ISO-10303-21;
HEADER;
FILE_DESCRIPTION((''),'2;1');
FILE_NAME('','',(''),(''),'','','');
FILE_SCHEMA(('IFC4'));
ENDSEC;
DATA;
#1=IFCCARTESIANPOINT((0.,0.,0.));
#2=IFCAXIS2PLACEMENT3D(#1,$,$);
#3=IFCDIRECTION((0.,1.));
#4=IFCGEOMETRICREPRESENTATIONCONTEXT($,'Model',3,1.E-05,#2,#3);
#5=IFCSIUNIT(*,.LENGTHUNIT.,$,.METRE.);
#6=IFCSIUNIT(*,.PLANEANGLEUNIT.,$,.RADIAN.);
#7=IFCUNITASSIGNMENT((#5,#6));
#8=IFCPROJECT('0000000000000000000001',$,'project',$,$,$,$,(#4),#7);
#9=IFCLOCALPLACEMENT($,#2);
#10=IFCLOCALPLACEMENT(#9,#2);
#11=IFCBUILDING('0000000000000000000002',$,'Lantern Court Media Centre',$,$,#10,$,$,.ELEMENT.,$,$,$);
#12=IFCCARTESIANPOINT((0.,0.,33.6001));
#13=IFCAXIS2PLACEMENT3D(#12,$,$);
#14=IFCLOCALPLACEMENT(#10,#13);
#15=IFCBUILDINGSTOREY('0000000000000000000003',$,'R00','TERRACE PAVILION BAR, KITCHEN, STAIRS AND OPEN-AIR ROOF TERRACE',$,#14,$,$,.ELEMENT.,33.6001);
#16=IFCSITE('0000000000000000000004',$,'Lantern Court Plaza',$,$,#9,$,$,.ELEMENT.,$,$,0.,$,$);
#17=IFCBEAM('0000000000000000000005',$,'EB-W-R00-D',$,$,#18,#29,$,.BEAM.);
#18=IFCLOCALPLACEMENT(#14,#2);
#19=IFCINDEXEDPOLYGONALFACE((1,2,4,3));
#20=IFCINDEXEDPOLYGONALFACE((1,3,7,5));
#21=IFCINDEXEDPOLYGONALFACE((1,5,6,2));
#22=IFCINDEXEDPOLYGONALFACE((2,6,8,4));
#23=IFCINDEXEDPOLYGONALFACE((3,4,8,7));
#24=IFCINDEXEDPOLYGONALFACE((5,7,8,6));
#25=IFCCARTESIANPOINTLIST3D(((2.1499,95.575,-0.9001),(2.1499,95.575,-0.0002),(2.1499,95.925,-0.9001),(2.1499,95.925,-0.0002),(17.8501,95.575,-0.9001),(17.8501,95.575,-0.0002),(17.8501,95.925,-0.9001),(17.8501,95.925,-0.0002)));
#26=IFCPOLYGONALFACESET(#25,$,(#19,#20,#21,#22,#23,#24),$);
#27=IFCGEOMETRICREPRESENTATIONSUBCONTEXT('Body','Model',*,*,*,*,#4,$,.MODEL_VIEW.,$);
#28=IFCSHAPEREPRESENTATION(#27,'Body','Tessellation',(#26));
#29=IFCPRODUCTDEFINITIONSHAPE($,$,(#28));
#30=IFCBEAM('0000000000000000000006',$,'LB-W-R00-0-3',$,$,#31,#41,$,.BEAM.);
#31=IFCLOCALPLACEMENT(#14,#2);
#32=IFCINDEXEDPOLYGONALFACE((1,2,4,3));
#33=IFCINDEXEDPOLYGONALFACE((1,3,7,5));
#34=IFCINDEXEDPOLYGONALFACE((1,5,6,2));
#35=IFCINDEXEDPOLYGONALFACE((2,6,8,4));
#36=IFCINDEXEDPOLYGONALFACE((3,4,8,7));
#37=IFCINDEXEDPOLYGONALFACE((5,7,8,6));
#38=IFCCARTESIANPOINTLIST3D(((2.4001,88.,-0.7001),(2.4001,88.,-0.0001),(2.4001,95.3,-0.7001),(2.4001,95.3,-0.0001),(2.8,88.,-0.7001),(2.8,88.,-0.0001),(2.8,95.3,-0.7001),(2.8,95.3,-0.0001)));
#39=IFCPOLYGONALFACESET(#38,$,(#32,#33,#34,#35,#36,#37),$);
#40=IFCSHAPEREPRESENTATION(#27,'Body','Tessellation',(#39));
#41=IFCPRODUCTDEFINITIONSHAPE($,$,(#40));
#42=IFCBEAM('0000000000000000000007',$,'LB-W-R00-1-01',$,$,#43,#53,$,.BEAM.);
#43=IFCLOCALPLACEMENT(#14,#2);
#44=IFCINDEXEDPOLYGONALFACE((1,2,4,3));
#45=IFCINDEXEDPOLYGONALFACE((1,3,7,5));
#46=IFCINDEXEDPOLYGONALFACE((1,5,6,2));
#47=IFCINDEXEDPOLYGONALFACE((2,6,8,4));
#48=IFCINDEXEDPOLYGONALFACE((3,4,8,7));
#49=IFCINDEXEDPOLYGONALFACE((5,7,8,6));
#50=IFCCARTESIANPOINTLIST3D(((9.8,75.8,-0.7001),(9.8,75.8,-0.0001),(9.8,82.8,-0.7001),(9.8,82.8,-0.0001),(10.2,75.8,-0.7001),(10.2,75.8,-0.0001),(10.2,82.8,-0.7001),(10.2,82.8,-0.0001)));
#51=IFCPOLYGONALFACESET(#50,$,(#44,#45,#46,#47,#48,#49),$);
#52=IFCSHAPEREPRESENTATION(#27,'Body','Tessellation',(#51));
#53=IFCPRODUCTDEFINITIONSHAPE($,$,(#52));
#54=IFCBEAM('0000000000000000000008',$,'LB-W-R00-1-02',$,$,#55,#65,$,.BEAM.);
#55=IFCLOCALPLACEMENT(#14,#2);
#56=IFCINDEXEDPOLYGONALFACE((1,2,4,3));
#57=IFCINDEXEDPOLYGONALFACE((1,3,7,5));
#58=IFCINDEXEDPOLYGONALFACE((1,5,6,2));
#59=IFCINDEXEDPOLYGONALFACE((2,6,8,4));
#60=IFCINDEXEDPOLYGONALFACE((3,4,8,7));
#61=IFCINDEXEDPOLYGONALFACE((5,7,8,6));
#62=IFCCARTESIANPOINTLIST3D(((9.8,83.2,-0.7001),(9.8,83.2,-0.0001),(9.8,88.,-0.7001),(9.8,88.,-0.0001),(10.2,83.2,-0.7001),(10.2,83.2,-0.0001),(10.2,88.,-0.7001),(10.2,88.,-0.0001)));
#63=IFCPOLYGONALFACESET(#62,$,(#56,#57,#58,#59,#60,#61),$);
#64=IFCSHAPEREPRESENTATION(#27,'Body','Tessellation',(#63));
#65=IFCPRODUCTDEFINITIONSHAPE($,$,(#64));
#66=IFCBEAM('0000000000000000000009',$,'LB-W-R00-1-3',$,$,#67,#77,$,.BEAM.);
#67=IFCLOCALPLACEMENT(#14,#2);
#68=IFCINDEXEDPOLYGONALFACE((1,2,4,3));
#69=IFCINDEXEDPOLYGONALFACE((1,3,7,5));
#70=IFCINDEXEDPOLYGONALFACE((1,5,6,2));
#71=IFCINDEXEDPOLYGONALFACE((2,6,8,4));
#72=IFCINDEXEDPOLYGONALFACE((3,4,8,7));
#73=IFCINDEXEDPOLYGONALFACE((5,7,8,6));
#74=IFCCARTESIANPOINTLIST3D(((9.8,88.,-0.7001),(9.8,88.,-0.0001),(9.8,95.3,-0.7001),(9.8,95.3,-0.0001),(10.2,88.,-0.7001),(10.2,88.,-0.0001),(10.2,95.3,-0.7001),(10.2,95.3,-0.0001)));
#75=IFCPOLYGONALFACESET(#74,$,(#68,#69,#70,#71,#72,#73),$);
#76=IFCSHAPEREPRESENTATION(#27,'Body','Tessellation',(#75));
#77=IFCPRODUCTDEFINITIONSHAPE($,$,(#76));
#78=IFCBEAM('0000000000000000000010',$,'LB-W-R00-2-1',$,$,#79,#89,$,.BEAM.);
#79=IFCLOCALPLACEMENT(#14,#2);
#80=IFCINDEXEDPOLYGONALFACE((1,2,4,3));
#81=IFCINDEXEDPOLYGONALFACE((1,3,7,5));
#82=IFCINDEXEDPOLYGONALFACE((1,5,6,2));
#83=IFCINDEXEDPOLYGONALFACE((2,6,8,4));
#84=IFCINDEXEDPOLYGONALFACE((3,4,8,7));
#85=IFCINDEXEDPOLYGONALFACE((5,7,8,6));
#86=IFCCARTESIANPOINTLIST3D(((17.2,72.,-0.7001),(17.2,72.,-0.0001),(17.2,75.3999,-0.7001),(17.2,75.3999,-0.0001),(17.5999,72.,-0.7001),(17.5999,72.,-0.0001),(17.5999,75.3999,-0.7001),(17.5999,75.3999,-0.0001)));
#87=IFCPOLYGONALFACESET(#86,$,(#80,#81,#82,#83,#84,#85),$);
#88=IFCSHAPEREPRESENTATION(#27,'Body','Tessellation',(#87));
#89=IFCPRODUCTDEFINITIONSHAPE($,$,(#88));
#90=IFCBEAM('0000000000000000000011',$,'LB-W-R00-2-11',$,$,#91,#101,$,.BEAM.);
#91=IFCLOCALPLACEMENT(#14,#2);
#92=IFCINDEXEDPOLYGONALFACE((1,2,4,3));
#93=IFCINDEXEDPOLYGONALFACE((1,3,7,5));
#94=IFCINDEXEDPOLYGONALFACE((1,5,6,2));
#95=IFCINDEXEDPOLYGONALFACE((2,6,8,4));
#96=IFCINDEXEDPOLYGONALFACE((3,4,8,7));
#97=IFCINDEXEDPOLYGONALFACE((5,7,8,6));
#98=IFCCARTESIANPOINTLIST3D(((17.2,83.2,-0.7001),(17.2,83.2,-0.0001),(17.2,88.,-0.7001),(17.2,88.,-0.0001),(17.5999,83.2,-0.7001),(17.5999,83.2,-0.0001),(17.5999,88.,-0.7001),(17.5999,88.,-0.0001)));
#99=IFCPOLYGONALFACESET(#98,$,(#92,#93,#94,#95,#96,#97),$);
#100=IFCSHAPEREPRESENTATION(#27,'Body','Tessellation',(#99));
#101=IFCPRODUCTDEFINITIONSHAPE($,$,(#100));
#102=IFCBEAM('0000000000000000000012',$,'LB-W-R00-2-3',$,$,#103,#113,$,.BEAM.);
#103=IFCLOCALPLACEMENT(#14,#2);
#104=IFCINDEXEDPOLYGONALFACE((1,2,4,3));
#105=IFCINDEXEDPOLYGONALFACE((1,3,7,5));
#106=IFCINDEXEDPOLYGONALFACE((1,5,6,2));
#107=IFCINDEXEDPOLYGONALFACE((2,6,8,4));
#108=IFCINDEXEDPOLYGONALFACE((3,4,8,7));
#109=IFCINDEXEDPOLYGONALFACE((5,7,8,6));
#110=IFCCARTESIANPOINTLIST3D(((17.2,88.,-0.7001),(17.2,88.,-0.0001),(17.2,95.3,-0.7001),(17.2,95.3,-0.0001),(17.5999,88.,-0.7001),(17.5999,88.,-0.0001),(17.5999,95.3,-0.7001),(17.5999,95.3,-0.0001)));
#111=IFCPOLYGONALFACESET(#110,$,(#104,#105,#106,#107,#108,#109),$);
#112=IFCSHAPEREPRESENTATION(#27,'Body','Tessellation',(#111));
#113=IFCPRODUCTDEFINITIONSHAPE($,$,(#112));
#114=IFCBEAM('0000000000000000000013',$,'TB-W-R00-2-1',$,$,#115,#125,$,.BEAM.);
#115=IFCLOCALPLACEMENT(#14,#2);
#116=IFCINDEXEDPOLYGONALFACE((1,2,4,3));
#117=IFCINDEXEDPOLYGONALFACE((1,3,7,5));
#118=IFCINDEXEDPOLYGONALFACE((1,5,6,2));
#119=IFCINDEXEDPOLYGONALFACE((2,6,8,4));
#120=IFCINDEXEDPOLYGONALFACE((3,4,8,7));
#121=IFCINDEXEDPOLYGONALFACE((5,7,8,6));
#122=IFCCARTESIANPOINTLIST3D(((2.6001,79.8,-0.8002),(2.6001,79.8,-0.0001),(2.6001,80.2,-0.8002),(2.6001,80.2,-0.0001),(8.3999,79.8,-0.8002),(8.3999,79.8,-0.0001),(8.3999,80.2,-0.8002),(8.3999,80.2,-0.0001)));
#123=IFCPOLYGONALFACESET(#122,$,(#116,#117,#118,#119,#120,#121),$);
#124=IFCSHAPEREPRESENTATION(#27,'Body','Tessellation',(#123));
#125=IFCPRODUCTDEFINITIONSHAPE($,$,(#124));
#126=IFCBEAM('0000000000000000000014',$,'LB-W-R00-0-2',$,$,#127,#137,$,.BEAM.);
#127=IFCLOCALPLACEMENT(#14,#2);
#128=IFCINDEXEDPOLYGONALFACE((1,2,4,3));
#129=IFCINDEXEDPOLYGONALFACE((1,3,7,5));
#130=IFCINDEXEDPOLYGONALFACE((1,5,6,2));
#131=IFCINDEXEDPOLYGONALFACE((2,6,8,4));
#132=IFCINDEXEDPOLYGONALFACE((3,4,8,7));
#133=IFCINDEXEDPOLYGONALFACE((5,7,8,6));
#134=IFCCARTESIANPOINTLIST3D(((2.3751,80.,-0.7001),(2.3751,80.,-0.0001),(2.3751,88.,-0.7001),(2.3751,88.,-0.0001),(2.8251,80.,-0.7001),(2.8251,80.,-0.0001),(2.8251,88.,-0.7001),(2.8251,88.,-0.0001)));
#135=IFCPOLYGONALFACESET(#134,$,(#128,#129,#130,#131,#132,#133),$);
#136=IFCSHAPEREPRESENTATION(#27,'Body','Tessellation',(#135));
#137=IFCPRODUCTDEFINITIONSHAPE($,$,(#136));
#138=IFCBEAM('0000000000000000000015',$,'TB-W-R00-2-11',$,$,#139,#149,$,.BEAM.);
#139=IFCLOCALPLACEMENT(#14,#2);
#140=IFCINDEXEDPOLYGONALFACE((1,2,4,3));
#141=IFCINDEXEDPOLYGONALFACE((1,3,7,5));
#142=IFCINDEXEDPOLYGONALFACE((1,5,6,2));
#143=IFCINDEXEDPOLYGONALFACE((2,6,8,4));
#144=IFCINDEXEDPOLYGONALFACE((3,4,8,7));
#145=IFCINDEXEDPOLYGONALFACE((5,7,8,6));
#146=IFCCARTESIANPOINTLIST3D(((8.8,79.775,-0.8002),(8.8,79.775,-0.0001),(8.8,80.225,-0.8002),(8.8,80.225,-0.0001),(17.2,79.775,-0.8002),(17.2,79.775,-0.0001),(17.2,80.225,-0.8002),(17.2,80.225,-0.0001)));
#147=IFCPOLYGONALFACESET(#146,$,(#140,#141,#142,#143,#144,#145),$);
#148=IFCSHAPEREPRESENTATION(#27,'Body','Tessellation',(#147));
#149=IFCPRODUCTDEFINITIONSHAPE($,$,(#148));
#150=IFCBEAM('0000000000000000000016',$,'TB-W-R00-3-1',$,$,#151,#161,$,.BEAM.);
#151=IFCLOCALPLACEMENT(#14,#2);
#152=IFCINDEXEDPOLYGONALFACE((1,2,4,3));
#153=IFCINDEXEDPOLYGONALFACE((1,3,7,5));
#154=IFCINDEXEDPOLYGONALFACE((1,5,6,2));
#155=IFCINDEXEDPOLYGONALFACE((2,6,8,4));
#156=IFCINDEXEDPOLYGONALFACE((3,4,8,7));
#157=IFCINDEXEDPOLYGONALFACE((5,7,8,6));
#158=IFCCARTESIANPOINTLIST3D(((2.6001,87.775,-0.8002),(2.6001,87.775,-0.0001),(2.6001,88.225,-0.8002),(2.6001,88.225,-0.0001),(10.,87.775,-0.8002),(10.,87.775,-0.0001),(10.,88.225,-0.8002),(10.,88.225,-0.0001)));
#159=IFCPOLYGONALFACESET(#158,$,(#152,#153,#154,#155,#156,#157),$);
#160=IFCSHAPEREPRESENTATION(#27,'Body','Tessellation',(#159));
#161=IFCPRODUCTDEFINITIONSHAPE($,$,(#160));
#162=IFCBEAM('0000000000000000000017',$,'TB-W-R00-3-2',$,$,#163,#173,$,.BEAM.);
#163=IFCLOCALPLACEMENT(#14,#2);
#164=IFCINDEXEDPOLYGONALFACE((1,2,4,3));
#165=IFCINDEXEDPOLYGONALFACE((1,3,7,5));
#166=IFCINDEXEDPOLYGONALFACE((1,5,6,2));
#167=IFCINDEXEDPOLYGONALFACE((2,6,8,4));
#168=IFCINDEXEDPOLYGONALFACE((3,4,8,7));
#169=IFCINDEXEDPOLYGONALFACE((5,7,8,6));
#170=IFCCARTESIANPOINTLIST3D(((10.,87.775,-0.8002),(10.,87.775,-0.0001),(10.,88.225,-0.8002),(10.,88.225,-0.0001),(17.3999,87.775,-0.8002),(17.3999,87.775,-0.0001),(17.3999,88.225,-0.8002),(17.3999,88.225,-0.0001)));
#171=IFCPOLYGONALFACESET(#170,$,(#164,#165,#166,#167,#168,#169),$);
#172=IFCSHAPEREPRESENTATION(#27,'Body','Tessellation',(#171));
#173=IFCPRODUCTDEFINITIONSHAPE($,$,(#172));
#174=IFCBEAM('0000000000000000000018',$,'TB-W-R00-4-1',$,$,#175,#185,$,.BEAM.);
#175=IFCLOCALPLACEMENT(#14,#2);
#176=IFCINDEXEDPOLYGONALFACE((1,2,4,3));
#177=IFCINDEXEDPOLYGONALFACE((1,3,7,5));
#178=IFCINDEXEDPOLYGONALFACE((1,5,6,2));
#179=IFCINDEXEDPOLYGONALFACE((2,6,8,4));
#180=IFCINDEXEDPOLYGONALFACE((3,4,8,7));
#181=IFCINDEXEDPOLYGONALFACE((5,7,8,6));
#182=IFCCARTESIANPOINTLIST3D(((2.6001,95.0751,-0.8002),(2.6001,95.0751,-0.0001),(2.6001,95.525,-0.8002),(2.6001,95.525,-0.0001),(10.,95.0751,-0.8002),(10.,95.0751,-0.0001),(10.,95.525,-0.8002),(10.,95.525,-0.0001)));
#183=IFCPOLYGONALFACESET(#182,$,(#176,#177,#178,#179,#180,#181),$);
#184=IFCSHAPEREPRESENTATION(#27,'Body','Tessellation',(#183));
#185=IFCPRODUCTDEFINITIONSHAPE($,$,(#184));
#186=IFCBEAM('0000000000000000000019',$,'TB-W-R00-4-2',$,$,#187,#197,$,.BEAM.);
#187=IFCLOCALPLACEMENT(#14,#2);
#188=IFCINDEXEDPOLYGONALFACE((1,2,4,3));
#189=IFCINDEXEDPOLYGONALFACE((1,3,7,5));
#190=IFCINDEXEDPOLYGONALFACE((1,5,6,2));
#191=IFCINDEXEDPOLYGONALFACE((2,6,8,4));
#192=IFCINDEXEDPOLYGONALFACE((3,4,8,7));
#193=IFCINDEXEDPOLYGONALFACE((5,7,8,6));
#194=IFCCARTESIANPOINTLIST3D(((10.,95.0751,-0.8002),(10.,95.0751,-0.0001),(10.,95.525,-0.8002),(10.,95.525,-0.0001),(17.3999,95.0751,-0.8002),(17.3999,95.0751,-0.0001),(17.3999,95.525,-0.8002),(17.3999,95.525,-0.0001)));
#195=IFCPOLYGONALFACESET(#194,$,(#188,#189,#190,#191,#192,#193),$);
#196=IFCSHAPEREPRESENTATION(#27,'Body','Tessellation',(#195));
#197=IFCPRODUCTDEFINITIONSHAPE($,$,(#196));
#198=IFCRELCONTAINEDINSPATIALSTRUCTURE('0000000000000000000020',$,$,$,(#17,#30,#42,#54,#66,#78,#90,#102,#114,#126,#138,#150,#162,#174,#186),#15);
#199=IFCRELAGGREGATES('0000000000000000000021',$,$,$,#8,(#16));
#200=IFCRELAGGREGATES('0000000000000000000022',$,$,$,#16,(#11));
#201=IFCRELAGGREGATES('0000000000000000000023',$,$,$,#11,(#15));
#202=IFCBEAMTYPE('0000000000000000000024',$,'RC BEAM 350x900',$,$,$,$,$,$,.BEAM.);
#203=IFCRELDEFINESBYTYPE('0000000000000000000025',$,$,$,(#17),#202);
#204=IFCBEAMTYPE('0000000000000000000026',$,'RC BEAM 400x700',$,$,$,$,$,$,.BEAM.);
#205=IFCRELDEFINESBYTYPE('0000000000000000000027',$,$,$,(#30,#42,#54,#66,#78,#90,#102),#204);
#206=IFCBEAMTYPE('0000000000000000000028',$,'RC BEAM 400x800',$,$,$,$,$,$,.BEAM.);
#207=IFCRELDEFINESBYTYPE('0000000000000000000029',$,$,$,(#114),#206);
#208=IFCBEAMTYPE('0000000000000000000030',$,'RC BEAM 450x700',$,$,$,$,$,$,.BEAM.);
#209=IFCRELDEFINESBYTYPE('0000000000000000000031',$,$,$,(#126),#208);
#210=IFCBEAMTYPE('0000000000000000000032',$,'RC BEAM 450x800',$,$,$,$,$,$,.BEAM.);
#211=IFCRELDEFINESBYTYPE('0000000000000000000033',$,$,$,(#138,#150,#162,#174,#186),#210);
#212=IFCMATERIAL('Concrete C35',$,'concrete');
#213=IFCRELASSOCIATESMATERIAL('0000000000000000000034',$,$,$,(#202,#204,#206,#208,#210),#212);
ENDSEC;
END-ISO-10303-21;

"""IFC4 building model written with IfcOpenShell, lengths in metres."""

from ifc_helpers import new_model, si_unit, direction, frame, origin, origin_2d, place, context, subcontext, project, spatial, rectangle, extrude, material, material_profile, profile_set, type_object, element, save


model = new_model("IFC4")

# Units and contexts
model_context = context("Model", 3, precision=1e-05, world=origin(), true_north=direction((0.0, 1.0)))
body_context = subcontext(model_context, "Body", "Model", "MODEL_VIEW")
ifc_project = project(units=[si_unit("LENGTHUNIT", "METRE"), si_unit("PLANEANGLEUNIT", "RADIAN")], contexts=[model_context])

# Site, building, storey
site_placement = place(None, origin())
site = spatial("IfcSite", under=ifc_project, at=site_placement, Name="Lantern Court Plaza", CompositionType="ELEMENT", RefElevation=0.0)
building_placement = place(site_placement, origin())
building = spatial("IfcBuilding", under=site, at=building_placement, Name="Lantern Court Media Centre", CompositionType="ELEMENT")
storey_placement = place(building_placement, frame((0.0, 0.0, 33.6001)))
storey = spatial("IfcBuildingStorey", under=building, at=storey_placement, Name="R00", Description="TERRACE PAVILION BAR, KITCHEN, STAIRS AND OPEN-AIR ROOF TERRACE", CompositionType="ELEMENT", Elevation=33.6001)

# Beams
ifc_material_1 = material(Name="Concrete C35", Category="concrete")
ifc_material_profile_1 = material_profile(ifc_material_1, rectangle(XDim=0.3501, YDim=0.8999, at=origin_2d()), Name="RC 350x900")
ifc_profile_set_1 = profile_set([ifc_material_profile_1], Name="Concrete C35")
beam_type_1 = type_object("IfcBeamType", Name="RC BEAM 350x900", PredefinedType="BEAM", material=ifc_profile_set_1)
beam_1_placement = place(storey_placement, frame((2.1499, 95.75, -0.4502), z_axis=(1.0, 0.0, 0.0), x_axis=(0.0, 1.0, 0.0)))
element("IfcBeam", 1, at=beam_1_placement, inside=storey, type_object=beam_type_1, Name="EB-W-R00-D", PredefinedType="BEAM", context=body_context, shape_type="SweptSolid", body=[
    extrude(rectangle(XDim=0.3501, YDim=0.8999, at=origin_2d()), origin(), (0.0, 0.0, 1.0), 15.7002),
])
ifc_material_profile_2 = material_profile(ifc_material_1, rectangle(XDim=0.3999, YDim=0.7, at=origin_2d()), Name="RC 400x700")
ifc_profile_set_2 = profile_set([ifc_material_profile_2], Name="Concrete C35")
beam_type_2 = type_object("IfcBeamType", Name="RC BEAM 400x700", PredefinedType="BEAM", material=ifc_profile_set_2)
beam_2_placement = place(storey_placement, frame((2.6001, 88.0, -0.3501), z_axis=(0.0, 1.0, 0.0), x_axis=(-1.0, 0.0, 0.0)))
element("IfcBeam", 2, at=beam_2_placement, inside=storey, type_object=beam_type_2, Name="LB-W-R00-0-3", PredefinedType="BEAM", context=body_context, shape_type="SweptSolid", body=[
    extrude(rectangle(XDim=0.3999, YDim=0.7, at=origin_2d()), origin(), (0.0, 0.0, 1.0), 7.3),
])
beam_3_placement = place(storey_placement, frame((10.0, 75.8, -0.3501), z_axis=(0.0, 1.0, 0.0), x_axis=(-1.0, 0.0, 0.0)))
element("IfcBeam", 3, at=beam_3_placement, inside=storey, type_object=beam_type_2, Name="LB-W-R00-1-01", PredefinedType="BEAM", context=body_context, shape_type="SweptSolid", body=[
    extrude(rectangle(XDim=0.3999, YDim=0.7, at=origin_2d()), origin(), (0.0, 0.0, 1.0), 7.0),
])
beam_4_placement = place(storey_placement, frame((10.0, 83.2, -0.3501), z_axis=(0.0, 1.0, 0.0), x_axis=(-1.0, 0.0, 0.0)))
element("IfcBeam", 4, at=beam_4_placement, inside=storey, type_object=beam_type_2, Name="LB-W-R00-1-02", PredefinedType="BEAM", context=body_context, shape_type="SweptSolid", body=[
    extrude(rectangle(XDim=0.3999, YDim=0.7, at=origin_2d()), origin(), (0.0, 0.0, 1.0), 4.8),
])
beam_5_placement = place(storey_placement, frame((10.0, 88.0, -0.3501), z_axis=(0.0, 1.0, 0.0), x_axis=(-1.0, 0.0, 0.0)))
element("IfcBeam", 5, at=beam_5_placement, inside=storey, type_object=beam_type_2, Name="LB-W-R00-1-3", PredefinedType="BEAM", context=body_context, shape_type="SweptSolid", body=[
    extrude(rectangle(XDim=0.3999, YDim=0.7, at=origin_2d()), origin(), (0.0, 0.0, 1.0), 7.3),
])
beam_6_placement = place(storey_placement, frame((17.3999, 72.0, -0.3501), z_axis=(0.0, 1.0, 0.0), x_axis=(-1.0, 0.0, 0.0)))
element("IfcBeam", 6, at=beam_6_placement, inside=storey, type_object=beam_type_2, Name="LB-W-R00-2-1", PredefinedType="BEAM", context=body_context, shape_type="SweptSolid", body=[
    extrude(rectangle(XDim=0.3999, YDim=0.7, at=origin_2d()), origin(), (0.0, 0.0, 1.0), 3.3999),
])
beam_7_placement = place(storey_placement, frame((17.3999, 83.2, -0.3501), z_axis=(0.0, 1.0, 0.0), x_axis=(-1.0, 0.0, 0.0)))
element("IfcBeam", 7, at=beam_7_placement, inside=storey, type_object=beam_type_2, Name="LB-W-R00-2-11", PredefinedType="BEAM", context=body_context, shape_type="SweptSolid", body=[
    extrude(rectangle(XDim=0.3999, YDim=0.7, at=origin_2d()), origin(), (0.0, 0.0, 1.0), 4.8),
])
beam_8_placement = place(storey_placement, frame((17.3999, 88.0, -0.3501), z_axis=(0.0, 1.0, 0.0), x_axis=(-1.0, 0.0, 0.0)))
element("IfcBeam", 8, at=beam_8_placement, inside=storey, type_object=beam_type_2, Name="LB-W-R00-2-3", PredefinedType="BEAM", context=body_context, shape_type="SweptSolid", body=[
    extrude(rectangle(XDim=0.3999, YDim=0.7, at=origin_2d()), origin(), (0.0, 0.0, 1.0), 7.3),
])
ifc_material_profile_3 = material_profile(ifc_material_1, rectangle(XDim=0.3999, YDim=0.8, at=origin_2d()), Name="RC 400x800")
ifc_profile_set_3 = profile_set([ifc_material_profile_3], Name="Concrete C35")
beam_type_3 = type_object("IfcBeamType", Name="RC BEAM 400x800", PredefinedType="BEAM", material=ifc_profile_set_3)
beam_9_placement = place(storey_placement, frame((2.6001, 80.0, -0.4001), z_axis=(1.0, 0.0, 0.0), x_axis=(0.0, 1.0, 0.0)))
element("IfcBeam", 9, at=beam_9_placement, inside=storey, type_object=beam_type_3, Name="TB-W-R00-2-1", PredefinedType="BEAM", context=body_context, shape_type="SweptSolid", body=[
    extrude(rectangle(XDim=0.3999, YDim=0.8, at=origin_2d()), origin(), (0.0, 0.0, 1.0), 5.7998),
])
ifc_material_profile_4 = material_profile(ifc_material_1, rectangle(XDim=0.45, YDim=0.7, at=origin_2d()), Name="RC 450x700")
ifc_profile_set_4 = profile_set([ifc_material_profile_4], Name="Concrete C35")
beam_type_4 = type_object("IfcBeamType", Name="RC BEAM 450x700", PredefinedType="BEAM", material=ifc_profile_set_4)
beam_10_placement = place(storey_placement, frame((2.6001, 80.0, -0.3501), z_axis=(0.0, 1.0, 0.0), x_axis=(-1.0, 0.0, 0.0)))
element("IfcBeam", 10, at=beam_10_placement, inside=storey, type_object=beam_type_4, Name="LB-W-R00-0-2", PredefinedType="BEAM", context=body_context, shape_type="SweptSolid", body=[
    extrude(rectangle(XDim=0.45, YDim=0.7, at=origin_2d()), origin(), (0.0, 0.0, 1.0), 8.0),
])
ifc_material_profile_5 = material_profile(ifc_material_1, rectangle(XDim=0.45, YDim=0.8, at=origin_2d()), Name="RC 450x800")
ifc_profile_set_5 = profile_set([ifc_material_profile_5], Name="Concrete C35")
beam_type_5 = type_object("IfcBeamType", Name="RC BEAM 450x800", PredefinedType="BEAM", material=ifc_profile_set_5)
beam_11_placement = place(storey_placement, frame((8.8, 80.0, -0.4001), z_axis=(1.0, 0.0, 0.0), x_axis=(0.0, 1.0, 0.0)))
element("IfcBeam", 11, at=beam_11_placement, inside=storey, type_object=beam_type_5, Name="TB-W-R00-2-11", PredefinedType="BEAM", context=body_context, shape_type="SweptSolid", body=[
    extrude(rectangle(XDim=0.45, YDim=0.8, at=origin_2d()), origin(), (0.0, 0.0, 1.0), 8.3999),
])
for number, where, z_axis, x_axis, name in (
    (12, (2.6001, 88.0, -0.4001), (1.0, 0.0, 0.0), (0.0, 1.0, 0.0), "TB-W-R00-3-1"),
    (13, (10.0, 88.0, -0.4001), (1.0, 0.0, 0.0), (0.0, 1.0, 0.0), "TB-W-R00-3-2"),
    (14, (2.6001, 95.3, -0.4001), (1.0, 0.0, 0.0), (0.0, 1.0, 0.0), "TB-W-R00-4-1"),
    (15, (10.0, 95.3, -0.4001), (1.0, 0.0, 0.0), (0.0, 1.0, 0.0), "TB-W-R00-4-2"),
):
    element("IfcBeam", number, at=place(storey_placement, frame(where, z_axis=z_axis, x_axis=x_axis)), inside=storey, type_object=beam_type_5, Name=name, PredefinedType="BEAM", context=body_context, shape_type="SweptSolid", body=[
        extrude(rectangle(XDim=0.45, YDim=0.8, at=origin_2d()), origin(), (0.0, 0.0, 1.0), 7.3999),
    ])

save(model, "model.ifc")
